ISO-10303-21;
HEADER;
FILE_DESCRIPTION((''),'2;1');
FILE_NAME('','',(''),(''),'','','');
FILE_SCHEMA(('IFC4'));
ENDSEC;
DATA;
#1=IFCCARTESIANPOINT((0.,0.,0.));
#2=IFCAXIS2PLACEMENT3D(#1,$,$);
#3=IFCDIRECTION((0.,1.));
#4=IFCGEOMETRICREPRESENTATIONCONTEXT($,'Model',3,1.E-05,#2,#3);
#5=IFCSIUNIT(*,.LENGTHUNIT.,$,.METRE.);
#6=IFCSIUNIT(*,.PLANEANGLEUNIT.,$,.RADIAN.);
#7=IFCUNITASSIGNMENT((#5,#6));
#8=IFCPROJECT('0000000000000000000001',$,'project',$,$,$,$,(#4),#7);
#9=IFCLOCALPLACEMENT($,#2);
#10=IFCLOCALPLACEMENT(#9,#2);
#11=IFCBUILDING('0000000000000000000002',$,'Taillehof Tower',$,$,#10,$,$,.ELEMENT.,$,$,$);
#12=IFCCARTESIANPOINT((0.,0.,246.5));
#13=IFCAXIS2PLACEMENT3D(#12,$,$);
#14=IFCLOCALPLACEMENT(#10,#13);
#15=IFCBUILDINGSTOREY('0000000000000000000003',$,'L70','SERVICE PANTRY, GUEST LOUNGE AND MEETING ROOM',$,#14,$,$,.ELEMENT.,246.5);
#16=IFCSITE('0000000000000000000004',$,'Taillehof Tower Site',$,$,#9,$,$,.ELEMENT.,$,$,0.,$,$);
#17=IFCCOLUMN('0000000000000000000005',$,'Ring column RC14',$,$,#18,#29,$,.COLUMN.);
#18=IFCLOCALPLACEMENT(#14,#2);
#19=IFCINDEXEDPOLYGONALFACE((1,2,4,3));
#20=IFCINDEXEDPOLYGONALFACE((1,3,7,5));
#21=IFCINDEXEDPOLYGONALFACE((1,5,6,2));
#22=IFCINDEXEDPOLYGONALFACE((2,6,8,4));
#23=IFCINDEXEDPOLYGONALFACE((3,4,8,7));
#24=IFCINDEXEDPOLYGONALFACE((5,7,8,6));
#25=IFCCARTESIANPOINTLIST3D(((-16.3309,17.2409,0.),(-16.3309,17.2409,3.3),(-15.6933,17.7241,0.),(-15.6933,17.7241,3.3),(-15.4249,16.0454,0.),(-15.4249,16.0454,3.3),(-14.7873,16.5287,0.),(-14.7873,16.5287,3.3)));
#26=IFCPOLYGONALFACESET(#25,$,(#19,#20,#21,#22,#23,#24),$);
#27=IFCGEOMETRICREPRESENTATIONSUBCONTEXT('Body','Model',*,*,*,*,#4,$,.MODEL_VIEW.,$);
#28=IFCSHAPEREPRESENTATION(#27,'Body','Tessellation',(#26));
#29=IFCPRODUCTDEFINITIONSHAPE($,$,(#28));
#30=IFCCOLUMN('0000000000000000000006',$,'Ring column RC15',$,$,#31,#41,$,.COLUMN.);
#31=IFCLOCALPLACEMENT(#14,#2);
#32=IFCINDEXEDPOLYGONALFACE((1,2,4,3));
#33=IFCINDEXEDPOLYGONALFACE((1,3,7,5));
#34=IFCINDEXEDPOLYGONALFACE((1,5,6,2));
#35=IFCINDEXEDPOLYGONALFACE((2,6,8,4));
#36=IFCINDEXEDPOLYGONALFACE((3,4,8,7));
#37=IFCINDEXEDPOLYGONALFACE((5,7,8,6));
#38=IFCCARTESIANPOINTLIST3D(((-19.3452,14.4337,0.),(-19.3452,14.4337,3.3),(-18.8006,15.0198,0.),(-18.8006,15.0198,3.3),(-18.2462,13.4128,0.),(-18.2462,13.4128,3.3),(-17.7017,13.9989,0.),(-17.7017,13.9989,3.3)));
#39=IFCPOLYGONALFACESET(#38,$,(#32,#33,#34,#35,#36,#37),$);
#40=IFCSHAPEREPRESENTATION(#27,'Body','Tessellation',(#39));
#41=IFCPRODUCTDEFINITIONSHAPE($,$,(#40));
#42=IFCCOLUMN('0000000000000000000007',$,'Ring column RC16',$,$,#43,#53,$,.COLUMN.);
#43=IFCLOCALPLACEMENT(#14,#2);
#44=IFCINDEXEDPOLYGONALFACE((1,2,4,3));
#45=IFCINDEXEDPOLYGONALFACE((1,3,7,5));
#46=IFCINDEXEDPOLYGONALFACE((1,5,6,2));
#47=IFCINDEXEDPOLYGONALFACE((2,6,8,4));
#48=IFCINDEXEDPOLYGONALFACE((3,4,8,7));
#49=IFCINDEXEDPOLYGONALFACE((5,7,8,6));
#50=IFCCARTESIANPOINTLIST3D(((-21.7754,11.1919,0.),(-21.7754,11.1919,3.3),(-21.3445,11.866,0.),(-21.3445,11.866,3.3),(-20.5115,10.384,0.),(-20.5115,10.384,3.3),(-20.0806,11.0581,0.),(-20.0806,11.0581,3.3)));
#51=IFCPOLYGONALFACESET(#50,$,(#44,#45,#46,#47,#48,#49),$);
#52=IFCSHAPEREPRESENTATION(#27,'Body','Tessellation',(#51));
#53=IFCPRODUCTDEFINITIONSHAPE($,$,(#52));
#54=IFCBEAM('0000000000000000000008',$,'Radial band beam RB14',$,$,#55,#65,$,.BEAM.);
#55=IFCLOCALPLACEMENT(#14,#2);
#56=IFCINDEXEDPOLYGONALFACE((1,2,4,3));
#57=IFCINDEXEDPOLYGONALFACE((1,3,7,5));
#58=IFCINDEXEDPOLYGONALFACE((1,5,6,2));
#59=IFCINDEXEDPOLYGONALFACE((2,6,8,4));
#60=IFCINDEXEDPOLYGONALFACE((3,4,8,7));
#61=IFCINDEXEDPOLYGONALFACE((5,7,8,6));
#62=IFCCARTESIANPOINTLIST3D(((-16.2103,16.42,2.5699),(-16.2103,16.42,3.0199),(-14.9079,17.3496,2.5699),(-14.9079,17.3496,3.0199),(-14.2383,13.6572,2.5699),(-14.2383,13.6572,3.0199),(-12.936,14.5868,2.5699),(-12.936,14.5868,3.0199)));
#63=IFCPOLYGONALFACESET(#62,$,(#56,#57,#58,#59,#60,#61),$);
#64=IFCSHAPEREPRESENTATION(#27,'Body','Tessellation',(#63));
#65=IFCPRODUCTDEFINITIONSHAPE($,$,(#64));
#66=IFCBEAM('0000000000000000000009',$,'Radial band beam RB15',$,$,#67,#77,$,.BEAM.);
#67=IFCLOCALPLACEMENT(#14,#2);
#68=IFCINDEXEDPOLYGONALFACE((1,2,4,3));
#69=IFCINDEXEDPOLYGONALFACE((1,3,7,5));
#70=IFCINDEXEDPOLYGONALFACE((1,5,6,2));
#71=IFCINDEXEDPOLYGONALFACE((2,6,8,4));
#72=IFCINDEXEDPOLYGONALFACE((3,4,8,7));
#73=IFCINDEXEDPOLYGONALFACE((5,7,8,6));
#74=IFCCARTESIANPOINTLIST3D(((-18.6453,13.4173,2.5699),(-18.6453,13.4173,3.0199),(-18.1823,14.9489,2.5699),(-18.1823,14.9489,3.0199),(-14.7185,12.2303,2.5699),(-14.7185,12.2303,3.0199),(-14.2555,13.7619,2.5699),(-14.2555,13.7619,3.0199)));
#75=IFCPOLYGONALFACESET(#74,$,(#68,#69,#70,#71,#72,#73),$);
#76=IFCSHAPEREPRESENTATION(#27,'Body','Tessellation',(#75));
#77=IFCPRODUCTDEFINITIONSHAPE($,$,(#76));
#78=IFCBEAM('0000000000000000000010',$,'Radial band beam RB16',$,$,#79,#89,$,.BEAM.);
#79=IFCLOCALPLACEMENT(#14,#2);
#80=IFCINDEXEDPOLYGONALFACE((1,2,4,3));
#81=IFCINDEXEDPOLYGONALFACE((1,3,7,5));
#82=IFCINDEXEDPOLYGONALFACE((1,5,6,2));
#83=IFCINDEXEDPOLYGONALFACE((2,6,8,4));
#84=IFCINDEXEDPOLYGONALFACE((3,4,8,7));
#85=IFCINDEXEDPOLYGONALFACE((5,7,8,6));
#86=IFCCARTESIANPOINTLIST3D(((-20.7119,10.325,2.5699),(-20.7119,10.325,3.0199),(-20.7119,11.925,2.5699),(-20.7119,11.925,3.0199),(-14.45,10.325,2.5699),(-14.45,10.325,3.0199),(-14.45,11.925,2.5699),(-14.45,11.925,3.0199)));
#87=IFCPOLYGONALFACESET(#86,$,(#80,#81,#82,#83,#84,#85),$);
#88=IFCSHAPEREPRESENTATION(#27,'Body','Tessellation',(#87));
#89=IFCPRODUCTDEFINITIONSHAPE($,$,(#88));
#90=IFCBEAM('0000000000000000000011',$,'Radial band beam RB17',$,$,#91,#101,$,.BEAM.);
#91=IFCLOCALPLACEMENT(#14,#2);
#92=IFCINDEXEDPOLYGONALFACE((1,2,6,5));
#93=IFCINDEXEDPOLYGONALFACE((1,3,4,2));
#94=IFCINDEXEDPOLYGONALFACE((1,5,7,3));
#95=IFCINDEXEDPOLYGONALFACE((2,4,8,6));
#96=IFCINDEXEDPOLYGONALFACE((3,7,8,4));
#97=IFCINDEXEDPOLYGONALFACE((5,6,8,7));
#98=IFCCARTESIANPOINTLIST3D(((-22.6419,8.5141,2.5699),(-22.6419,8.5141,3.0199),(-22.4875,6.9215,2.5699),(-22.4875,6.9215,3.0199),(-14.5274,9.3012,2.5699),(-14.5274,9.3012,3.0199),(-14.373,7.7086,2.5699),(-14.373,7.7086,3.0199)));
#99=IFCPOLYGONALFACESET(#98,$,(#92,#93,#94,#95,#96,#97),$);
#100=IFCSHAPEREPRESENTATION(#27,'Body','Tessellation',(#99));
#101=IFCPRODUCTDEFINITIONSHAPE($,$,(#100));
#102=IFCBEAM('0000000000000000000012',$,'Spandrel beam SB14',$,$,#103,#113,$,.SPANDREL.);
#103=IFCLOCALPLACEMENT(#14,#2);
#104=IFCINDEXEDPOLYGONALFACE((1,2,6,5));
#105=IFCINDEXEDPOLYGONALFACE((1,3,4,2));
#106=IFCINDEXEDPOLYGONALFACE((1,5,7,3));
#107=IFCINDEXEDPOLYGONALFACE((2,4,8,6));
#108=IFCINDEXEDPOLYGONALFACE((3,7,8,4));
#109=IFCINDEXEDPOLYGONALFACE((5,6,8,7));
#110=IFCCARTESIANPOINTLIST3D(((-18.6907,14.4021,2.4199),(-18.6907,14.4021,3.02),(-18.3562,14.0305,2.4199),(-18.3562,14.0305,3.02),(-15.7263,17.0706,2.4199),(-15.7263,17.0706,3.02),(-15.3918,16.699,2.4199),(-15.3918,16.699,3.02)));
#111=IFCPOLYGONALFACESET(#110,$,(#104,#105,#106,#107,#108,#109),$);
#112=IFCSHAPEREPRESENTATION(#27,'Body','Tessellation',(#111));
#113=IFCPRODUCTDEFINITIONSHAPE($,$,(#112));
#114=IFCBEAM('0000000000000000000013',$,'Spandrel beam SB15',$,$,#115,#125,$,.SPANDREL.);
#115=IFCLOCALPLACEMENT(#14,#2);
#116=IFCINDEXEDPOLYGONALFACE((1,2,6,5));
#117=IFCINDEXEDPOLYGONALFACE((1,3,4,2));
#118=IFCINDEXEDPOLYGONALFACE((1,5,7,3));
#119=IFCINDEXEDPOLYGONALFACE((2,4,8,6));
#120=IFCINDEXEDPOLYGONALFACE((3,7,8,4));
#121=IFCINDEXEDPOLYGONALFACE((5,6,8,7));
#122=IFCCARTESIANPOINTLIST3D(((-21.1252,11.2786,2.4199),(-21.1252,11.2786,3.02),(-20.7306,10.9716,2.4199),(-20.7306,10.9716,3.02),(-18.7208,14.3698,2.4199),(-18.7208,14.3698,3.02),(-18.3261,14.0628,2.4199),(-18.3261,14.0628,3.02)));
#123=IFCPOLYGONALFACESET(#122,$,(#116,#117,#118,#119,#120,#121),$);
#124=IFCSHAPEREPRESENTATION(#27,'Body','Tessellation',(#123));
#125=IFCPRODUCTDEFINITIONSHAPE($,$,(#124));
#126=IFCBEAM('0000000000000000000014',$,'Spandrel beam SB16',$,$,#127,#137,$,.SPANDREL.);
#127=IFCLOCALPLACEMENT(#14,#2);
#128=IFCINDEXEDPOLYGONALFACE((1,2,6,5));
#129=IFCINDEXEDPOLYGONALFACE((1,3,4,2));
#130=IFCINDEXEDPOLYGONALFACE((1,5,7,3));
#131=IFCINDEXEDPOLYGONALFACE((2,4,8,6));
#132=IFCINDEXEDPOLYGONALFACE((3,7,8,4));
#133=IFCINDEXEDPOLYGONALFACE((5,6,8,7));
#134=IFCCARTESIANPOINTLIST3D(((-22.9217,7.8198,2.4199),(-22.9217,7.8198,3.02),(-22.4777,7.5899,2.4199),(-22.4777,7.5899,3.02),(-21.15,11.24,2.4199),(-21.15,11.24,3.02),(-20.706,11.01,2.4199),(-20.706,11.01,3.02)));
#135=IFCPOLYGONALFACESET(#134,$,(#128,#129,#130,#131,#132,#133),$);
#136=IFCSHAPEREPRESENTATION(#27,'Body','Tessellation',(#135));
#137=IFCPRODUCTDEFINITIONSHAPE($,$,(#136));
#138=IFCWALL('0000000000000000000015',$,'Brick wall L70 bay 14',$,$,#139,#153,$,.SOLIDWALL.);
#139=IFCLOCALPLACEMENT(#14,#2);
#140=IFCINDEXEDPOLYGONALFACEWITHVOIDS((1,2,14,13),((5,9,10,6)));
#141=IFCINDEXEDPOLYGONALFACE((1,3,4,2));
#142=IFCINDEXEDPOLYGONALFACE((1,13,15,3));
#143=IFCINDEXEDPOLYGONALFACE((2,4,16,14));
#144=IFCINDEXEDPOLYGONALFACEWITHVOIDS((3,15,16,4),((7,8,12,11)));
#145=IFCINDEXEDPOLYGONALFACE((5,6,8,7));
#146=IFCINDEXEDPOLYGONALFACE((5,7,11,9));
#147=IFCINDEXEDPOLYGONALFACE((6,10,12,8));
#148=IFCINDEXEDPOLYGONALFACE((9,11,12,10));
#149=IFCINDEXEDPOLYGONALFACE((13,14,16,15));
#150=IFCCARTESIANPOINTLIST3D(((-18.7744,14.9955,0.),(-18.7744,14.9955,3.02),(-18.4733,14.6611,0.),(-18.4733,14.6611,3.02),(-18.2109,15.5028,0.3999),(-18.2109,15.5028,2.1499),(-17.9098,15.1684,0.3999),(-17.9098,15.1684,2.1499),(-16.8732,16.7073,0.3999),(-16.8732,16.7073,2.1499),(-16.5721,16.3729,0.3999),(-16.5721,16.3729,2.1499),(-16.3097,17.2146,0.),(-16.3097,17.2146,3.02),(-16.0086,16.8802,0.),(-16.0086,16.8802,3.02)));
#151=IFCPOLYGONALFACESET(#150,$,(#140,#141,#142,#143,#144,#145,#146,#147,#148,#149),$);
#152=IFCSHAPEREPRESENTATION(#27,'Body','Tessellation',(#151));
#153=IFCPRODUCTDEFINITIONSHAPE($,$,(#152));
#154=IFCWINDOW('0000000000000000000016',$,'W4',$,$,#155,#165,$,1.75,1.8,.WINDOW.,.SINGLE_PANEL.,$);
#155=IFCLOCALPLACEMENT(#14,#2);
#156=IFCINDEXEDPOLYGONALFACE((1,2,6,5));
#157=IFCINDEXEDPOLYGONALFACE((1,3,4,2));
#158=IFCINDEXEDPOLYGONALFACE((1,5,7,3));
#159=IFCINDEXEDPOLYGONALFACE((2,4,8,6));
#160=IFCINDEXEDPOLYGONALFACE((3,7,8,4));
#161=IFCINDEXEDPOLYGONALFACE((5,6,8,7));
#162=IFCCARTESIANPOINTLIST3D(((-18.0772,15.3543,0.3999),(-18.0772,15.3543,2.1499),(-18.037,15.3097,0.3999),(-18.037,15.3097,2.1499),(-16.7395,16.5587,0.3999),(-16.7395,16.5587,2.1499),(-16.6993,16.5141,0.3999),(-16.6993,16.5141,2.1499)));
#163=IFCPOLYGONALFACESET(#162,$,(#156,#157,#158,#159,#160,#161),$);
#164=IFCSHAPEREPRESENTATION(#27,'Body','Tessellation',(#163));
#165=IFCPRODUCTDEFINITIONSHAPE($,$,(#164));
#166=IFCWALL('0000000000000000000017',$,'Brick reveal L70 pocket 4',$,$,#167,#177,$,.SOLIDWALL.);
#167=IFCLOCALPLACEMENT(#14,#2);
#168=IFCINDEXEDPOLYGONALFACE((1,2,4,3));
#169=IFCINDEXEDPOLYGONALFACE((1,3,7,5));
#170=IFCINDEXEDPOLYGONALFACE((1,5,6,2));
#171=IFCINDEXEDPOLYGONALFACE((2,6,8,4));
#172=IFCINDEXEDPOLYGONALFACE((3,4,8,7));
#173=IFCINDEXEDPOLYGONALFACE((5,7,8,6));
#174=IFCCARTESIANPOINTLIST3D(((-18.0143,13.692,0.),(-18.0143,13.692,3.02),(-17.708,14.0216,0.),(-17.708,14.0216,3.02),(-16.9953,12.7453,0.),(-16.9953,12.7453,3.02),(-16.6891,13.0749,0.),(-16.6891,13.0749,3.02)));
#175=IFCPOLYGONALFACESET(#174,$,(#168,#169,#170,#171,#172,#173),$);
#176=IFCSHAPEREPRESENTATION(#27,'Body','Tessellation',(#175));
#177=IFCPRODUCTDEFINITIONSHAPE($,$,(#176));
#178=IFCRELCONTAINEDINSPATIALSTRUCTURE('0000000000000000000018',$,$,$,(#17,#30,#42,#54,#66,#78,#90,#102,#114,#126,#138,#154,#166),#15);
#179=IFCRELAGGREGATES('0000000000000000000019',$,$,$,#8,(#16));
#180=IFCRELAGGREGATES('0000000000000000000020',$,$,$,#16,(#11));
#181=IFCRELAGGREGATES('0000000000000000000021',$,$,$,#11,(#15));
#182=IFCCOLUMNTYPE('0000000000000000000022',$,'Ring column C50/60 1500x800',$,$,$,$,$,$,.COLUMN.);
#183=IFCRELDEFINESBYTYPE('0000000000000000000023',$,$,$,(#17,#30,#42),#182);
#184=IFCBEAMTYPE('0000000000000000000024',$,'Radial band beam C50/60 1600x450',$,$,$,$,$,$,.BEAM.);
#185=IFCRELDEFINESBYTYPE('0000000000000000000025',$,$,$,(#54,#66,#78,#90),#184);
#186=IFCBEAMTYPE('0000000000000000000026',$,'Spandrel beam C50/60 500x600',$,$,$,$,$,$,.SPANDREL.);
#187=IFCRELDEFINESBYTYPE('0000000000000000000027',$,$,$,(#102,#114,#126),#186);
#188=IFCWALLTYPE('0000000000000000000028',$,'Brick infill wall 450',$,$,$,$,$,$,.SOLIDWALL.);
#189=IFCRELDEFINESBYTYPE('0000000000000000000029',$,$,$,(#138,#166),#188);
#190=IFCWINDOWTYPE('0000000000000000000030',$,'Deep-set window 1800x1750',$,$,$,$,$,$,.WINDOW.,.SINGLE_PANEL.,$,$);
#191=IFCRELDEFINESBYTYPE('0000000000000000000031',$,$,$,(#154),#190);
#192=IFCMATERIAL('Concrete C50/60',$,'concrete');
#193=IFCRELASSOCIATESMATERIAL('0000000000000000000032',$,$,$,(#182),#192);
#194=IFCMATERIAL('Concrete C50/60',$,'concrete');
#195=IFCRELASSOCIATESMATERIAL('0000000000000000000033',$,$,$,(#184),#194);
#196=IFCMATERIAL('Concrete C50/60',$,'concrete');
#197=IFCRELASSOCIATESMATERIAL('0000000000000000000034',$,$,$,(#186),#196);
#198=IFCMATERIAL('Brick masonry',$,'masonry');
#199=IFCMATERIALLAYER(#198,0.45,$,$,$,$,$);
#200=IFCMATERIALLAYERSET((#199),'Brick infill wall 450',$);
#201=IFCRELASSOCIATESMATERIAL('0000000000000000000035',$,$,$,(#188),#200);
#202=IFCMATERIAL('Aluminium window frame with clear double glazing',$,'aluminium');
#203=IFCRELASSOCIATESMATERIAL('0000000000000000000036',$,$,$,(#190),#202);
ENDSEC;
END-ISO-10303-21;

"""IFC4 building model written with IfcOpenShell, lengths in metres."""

from ifc_helpers import new_model, si_unit, direction, frame, frame_2d, origin, origin_2d, place, context, subcontext, project, spatial, rectangle, extrude, material, layer, layer_set, material_profile, profile_set, type_object, element, fill, save


model = new_model("IFC4")

# Units and contexts
model_context = context("Model", 3, precision=1e-05, world=origin(), true_north=direction((0.0, 1.0)))
body_context = subcontext(model_context, "Body", "Model", "MODEL_VIEW")
ifc_project = project(units=[si_unit("LENGTHUNIT", "METRE"), si_unit("PLANEANGLEUNIT", "RADIAN")], contexts=[model_context])

# Site, building, storey
site_placement = place(None, origin())
site = spatial("IfcSite", under=ifc_project, at=site_placement, Name="Taillehof Tower Site", CompositionType="ELEMENT", RefElevation=0.0)
building_placement = place(site_placement, origin())
building = spatial("IfcBuilding", under=site, at=building_placement, Name="Taillehof Tower", CompositionType="ELEMENT")
storey_placement = place(building_placement, frame((0.0, 0.0, 246.5)))
storey = spatial("IfcBuildingStorey", under=building, at=storey_placement, Name="L70", Description="SERVICE PANTRY, GUEST LOUNGE AND MEETING ROOM", CompositionType="ELEMENT", Elevation=246.5)

# Columns
ifc_material_1 = material(Name="Concrete C50/60", Category="concrete")
ifc_material_profile_1 = material_profile(ifc_material_1, rectangle(XDim=1.5, YDim=0.8, at=origin_2d()), Name="RC 1500x800")
ifc_profile_set_1 = profile_set([ifc_material_profile_1], Name="Concrete C50/60")
column_type = type_object("IfcColumnType", Name="Ring column C50/60 1500x800", PredefinedType="COLUMN", material=ifc_profile_set_1)
for number, where, z_axis, x_axis, name in (
    (1, (-15.5591, 16.8848, 0.0), (0.0, 0.0, 1.0), (-0.60402, 0.796969, 0.0), "Ring column RC14"),
    (2, (-18.5234, 14.2163, 0.0), (0.0, 0.0, 1.0), (-0.732636, 0.680621, 0.0), "Ring column RC15"),
    (3, (-20.928, 11.125, 0.0), (0.0, 0.0, 1.0), (-0.842574, 0.538581, 0.0), "Ring column RC16"),
):
    element("IfcColumn", number, at=place(storey_placement, frame(where, z_axis=z_axis, x_axis=x_axis)), inside=storey, type_object=column_type, Name=name, PredefinedType="COLUMN", context=body_context, shape_type="SweptSolid", body=[
        extrude(rectangle(XDim=1.5, YDim=0.8, at=origin_2d()), origin(), (0.0, 0.0, 1.0), 3.3),
    ])

# Beams
ifc_material_2 = material(Name="Concrete C50/60", Category="concrete")
ifc_material_profile_2 = material_profile(ifc_material_2, rectangle(XDim=1.6001, YDim=0.45, at=origin_2d()), Name="RC 1600x450")
ifc_profile_set_2 = profile_set([ifc_material_profile_2], Name="Concrete C50/60")
beam_type_1 = type_object("IfcBeamType", Name="Radial band beam C50/60 1600x450", PredefinedType="BEAM", material=ifc_profile_set_2)
beam_1_placement = place(storey_placement, frame((-15.5591, 16.8848, 2.7949), z_axis=(0.580959, -0.813933, 0.0), x_axis=(0.813933, 0.580959, 0.0)))
element("IfcBeam", 4, at=beam_1_placement, inside=storey, type_object=beam_type_1, Name="Radial band beam RB14", PredefinedType="BEAM", context=body_context, shape_type="SweptSolid", body=[
    extrude(rectangle(XDim=1.6001, YDim=0.45, at=origin_2d()), origin(), (0.0, 0.0, 1.0), 3.3943),
])
beam_2_placement = place(storey_placement, frame((-18.4138, 14.1831, 2.7949), z_axis=(0.957221, -0.289357, 0.0), x_axis=(0.289357, 0.957221, 0.0)))
element("IfcBeam", 5, at=beam_2_placement, inside=storey, type_object=beam_type_1, Name="Radial band beam RB15", PredefinedType="BEAM", context=body_context, shape_type="SweptSolid", body=[
    extrude(rectangle(XDim=1.6001, YDim=0.45, at=origin_2d()), origin(), (0.0, 0.0, 1.0), 4.1023),
])
beam_3_placement = place(storey_placement, frame((-20.7119, 11.125, 2.7949), z_axis=(1.0, 0.0, 0.0), x_axis=(0.0, 1.0, 0.0)))
element("IfcBeam", 6, at=beam_3_placement, inside=storey, type_object=beam_type_1, Name="Radial band beam RB16", PredefinedType="BEAM", context=body_context, shape_type="SweptSolid", body=[
    extrude(rectangle(XDim=1.6001, YDim=0.45, at=origin_2d()), origin(), (0.0, 0.0, 1.0), 6.262),
])
beam_4_placement = place(storey_placement, frame((-22.5647, 7.7178, 2.7949), z_axis=(0.995328, 0.096547, 0.0), x_axis=(-0.096547, 0.995328, 0.0)))
element("IfcBeam", 7, at=beam_4_placement, inside=storey, type_object=beam_type_1, Name="Radial band beam RB17", PredefinedType="BEAM", context=body_context, shape_type="SweptSolid", body=[
    extrude(rectangle(XDim=1.6001, YDim=0.45, at=origin_2d()), origin(), (0.0, 0.0, 1.0), 8.1526),
])
ifc_material_3 = material(Name="Concrete C50/60", Category="concrete")
ifc_material_profile_3 = material_profile(ifc_material_3, rectangle(XDim=0.5, YDim=0.6001, at=origin_2d()), Name="RC 500x600")
ifc_profile_set_3 = profile_set([ifc_material_profile_3], Name="Concrete C50/60")
beam_type_2 = type_object("IfcBeamType", Name="Spandrel beam C50/60 500x600", PredefinedType="SPANDREL", material=ifc_profile_set_3)
beam_5_placement = place(storey_placement, frame((-15.5591, 16.8848, 2.72), z_axis=(-0.743227, -0.669039, 0.0), x_axis=(0.669039, -0.743227, 0.0)))
element("IfcBeam", 8, at=beam_5_placement, inside=storey, type_object=beam_type_2, Name="Spandrel beam SB14", PredefinedType="SPANDREL", context=body_context, shape_type="SweptSolid", body=[
    extrude(rectangle(XDim=0.5, YDim=0.6001, at=origin_2d()), origin(), (0.0, 0.0, 1.0), 3.9885),
])
beam_6_placement = place(storey_placement, frame((-18.5234, 14.2163, 2.72), z_axis=(-0.613971, -0.789329, 0.0), x_axis=(0.789329, -0.613971, 0.0)))
element("IfcBeam", 9, at=beam_6_placement, inside=storey, type_object=beam_type_2, Name="Spandrel beam SB15", PredefinedType="SPANDREL", context=body_context, shape_type="SweptSolid", body=[
    extrude(rectangle(XDim=0.5, YDim=0.6001, at=origin_2d()), origin(), (0.0, 0.0, 1.0), 3.9163),
])
beam_7_placement = place(storey_placement, frame((-20.928, 11.125, 2.72), z_axis=(-0.459971, -0.887934, 0.0), x_axis=(0.887934, -0.459971, 0.0)))
element("IfcBeam", 10, at=beam_7_placement, inside=storey, type_object=beam_type_2, Name="Spandrel beam SB16", PredefinedType="SPANDREL", context=body_context, shape_type="SweptSolid", body=[
    extrude(rectangle(XDim=0.5, YDim=0.6001, at=origin_2d()), origin(), (0.0, 0.0, 1.0), 3.8518),
])

# Wall, opening, window
ifc_material_4 = material(Name="Brick masonry", Category="masonry")
ifc_layer_1 = layer(ifc_material_4, 0.45)
ifc_layer_set_1 = layer_set([ifc_layer_1], Name="Brick infill wall 450")
wall_type_1 = type_object("IfcWallType", Name="Brick infill wall 450", PredefinedType="SOLIDWALL", material=ifc_layer_set_1)
wall_1_placement = place(storey_placement, frame((-16.1592, 17.0474, 0.0), z_axis=(0.0, 0.0, 1.0), x_axis=(-0.743166, -0.669107, 0.0)))
wall_1 = element("IfcWall", 11, at=wall_1_placement, inside=storey, type_object=wall_type_1, Name="Brick wall L70 bay 14", PredefinedType="SOLIDWALL", context=body_context, shape_type="SweptSolid", body=[
    extrude(rectangle(XDim=3.3164, YDim=0.45, at=frame_2d((1.6582, 0.0))), origin(), (0.0, 0.0, 1.0), 3.02),
])
opening_1_placement = place(wall_1_placement, frame((0.7583, 0.0, 0.3999)))
opening_1 = element("IfcOpeningElement", 12, at=opening_1_placement, cuts=wall_1, PredefinedType="OPENING", context=body_context, shape_type="SweptSolid", body=[
    extrude(rectangle(XDim=1.8, YDim=1.75, at=frame_2d((0.8999, 0.875))), frame((0.0, 0.2349, 0.0), z_axis=(0.0, -1.0, 0.0), x_axis=(1.0, 0.0, 0.0)), (0.0, 0.0, 1.0), 0.47),
])
ifc_material_5 = material(Name="Aluminium window frame with clear double glazing", Category="aluminium")
window_type_1 = type_object("IfcWindowType", Name="Deep-set window 1800x1750", PartitioningType="SINGLE_PANEL", PredefinedType="WINDOW", material=ifc_material_5)
window_1_placement = place(opening_1_placement, origin())
window_1 = element("IfcWindow", 13, at=window_1_placement, inside=storey, type_object=window_type_1, Name="W4", OverallHeight=1.75, OverallWidth=1.8, PartitioningType="SINGLE_PANEL", PredefinedType="WINDOW", context=body_context, shape_type="SweptSolid", body=[
    extrude(rectangle(XDim=1.8, YDim=1.75, at=frame_2d((0.8999, 0.875))), frame((0.0, 0.0349, 0.0), z_axis=(0.0, -1.0, 0.0), x_axis=(1.0, 0.0, 0.0)), (0.0, 0.0, 1.0), 0.0601),
])
fill(opening_1, window_1)

# Wall
wall_2_placement = place(storey_placement, frame((-17.8611, 13.8567, 0.0), z_axis=(0.0, 0.0, 1.0), x_axis=(0.732606, -0.680653, 0.0)))
element("IfcWall", 14, at=wall_2_placement, inside=storey, type_object=wall_type_1, Name="Brick reveal L70 pocket 4", PredefinedType="SOLIDWALL", context=body_context, shape_type="SweptSolid", body=[
    extrude(rectangle(XDim=1.3909, YDim=0.45, at=frame_2d((0.6953, 0.0))), origin(), (0.0, 0.0, 1.0), 3.02),
])

save(model, "model.ifc")
